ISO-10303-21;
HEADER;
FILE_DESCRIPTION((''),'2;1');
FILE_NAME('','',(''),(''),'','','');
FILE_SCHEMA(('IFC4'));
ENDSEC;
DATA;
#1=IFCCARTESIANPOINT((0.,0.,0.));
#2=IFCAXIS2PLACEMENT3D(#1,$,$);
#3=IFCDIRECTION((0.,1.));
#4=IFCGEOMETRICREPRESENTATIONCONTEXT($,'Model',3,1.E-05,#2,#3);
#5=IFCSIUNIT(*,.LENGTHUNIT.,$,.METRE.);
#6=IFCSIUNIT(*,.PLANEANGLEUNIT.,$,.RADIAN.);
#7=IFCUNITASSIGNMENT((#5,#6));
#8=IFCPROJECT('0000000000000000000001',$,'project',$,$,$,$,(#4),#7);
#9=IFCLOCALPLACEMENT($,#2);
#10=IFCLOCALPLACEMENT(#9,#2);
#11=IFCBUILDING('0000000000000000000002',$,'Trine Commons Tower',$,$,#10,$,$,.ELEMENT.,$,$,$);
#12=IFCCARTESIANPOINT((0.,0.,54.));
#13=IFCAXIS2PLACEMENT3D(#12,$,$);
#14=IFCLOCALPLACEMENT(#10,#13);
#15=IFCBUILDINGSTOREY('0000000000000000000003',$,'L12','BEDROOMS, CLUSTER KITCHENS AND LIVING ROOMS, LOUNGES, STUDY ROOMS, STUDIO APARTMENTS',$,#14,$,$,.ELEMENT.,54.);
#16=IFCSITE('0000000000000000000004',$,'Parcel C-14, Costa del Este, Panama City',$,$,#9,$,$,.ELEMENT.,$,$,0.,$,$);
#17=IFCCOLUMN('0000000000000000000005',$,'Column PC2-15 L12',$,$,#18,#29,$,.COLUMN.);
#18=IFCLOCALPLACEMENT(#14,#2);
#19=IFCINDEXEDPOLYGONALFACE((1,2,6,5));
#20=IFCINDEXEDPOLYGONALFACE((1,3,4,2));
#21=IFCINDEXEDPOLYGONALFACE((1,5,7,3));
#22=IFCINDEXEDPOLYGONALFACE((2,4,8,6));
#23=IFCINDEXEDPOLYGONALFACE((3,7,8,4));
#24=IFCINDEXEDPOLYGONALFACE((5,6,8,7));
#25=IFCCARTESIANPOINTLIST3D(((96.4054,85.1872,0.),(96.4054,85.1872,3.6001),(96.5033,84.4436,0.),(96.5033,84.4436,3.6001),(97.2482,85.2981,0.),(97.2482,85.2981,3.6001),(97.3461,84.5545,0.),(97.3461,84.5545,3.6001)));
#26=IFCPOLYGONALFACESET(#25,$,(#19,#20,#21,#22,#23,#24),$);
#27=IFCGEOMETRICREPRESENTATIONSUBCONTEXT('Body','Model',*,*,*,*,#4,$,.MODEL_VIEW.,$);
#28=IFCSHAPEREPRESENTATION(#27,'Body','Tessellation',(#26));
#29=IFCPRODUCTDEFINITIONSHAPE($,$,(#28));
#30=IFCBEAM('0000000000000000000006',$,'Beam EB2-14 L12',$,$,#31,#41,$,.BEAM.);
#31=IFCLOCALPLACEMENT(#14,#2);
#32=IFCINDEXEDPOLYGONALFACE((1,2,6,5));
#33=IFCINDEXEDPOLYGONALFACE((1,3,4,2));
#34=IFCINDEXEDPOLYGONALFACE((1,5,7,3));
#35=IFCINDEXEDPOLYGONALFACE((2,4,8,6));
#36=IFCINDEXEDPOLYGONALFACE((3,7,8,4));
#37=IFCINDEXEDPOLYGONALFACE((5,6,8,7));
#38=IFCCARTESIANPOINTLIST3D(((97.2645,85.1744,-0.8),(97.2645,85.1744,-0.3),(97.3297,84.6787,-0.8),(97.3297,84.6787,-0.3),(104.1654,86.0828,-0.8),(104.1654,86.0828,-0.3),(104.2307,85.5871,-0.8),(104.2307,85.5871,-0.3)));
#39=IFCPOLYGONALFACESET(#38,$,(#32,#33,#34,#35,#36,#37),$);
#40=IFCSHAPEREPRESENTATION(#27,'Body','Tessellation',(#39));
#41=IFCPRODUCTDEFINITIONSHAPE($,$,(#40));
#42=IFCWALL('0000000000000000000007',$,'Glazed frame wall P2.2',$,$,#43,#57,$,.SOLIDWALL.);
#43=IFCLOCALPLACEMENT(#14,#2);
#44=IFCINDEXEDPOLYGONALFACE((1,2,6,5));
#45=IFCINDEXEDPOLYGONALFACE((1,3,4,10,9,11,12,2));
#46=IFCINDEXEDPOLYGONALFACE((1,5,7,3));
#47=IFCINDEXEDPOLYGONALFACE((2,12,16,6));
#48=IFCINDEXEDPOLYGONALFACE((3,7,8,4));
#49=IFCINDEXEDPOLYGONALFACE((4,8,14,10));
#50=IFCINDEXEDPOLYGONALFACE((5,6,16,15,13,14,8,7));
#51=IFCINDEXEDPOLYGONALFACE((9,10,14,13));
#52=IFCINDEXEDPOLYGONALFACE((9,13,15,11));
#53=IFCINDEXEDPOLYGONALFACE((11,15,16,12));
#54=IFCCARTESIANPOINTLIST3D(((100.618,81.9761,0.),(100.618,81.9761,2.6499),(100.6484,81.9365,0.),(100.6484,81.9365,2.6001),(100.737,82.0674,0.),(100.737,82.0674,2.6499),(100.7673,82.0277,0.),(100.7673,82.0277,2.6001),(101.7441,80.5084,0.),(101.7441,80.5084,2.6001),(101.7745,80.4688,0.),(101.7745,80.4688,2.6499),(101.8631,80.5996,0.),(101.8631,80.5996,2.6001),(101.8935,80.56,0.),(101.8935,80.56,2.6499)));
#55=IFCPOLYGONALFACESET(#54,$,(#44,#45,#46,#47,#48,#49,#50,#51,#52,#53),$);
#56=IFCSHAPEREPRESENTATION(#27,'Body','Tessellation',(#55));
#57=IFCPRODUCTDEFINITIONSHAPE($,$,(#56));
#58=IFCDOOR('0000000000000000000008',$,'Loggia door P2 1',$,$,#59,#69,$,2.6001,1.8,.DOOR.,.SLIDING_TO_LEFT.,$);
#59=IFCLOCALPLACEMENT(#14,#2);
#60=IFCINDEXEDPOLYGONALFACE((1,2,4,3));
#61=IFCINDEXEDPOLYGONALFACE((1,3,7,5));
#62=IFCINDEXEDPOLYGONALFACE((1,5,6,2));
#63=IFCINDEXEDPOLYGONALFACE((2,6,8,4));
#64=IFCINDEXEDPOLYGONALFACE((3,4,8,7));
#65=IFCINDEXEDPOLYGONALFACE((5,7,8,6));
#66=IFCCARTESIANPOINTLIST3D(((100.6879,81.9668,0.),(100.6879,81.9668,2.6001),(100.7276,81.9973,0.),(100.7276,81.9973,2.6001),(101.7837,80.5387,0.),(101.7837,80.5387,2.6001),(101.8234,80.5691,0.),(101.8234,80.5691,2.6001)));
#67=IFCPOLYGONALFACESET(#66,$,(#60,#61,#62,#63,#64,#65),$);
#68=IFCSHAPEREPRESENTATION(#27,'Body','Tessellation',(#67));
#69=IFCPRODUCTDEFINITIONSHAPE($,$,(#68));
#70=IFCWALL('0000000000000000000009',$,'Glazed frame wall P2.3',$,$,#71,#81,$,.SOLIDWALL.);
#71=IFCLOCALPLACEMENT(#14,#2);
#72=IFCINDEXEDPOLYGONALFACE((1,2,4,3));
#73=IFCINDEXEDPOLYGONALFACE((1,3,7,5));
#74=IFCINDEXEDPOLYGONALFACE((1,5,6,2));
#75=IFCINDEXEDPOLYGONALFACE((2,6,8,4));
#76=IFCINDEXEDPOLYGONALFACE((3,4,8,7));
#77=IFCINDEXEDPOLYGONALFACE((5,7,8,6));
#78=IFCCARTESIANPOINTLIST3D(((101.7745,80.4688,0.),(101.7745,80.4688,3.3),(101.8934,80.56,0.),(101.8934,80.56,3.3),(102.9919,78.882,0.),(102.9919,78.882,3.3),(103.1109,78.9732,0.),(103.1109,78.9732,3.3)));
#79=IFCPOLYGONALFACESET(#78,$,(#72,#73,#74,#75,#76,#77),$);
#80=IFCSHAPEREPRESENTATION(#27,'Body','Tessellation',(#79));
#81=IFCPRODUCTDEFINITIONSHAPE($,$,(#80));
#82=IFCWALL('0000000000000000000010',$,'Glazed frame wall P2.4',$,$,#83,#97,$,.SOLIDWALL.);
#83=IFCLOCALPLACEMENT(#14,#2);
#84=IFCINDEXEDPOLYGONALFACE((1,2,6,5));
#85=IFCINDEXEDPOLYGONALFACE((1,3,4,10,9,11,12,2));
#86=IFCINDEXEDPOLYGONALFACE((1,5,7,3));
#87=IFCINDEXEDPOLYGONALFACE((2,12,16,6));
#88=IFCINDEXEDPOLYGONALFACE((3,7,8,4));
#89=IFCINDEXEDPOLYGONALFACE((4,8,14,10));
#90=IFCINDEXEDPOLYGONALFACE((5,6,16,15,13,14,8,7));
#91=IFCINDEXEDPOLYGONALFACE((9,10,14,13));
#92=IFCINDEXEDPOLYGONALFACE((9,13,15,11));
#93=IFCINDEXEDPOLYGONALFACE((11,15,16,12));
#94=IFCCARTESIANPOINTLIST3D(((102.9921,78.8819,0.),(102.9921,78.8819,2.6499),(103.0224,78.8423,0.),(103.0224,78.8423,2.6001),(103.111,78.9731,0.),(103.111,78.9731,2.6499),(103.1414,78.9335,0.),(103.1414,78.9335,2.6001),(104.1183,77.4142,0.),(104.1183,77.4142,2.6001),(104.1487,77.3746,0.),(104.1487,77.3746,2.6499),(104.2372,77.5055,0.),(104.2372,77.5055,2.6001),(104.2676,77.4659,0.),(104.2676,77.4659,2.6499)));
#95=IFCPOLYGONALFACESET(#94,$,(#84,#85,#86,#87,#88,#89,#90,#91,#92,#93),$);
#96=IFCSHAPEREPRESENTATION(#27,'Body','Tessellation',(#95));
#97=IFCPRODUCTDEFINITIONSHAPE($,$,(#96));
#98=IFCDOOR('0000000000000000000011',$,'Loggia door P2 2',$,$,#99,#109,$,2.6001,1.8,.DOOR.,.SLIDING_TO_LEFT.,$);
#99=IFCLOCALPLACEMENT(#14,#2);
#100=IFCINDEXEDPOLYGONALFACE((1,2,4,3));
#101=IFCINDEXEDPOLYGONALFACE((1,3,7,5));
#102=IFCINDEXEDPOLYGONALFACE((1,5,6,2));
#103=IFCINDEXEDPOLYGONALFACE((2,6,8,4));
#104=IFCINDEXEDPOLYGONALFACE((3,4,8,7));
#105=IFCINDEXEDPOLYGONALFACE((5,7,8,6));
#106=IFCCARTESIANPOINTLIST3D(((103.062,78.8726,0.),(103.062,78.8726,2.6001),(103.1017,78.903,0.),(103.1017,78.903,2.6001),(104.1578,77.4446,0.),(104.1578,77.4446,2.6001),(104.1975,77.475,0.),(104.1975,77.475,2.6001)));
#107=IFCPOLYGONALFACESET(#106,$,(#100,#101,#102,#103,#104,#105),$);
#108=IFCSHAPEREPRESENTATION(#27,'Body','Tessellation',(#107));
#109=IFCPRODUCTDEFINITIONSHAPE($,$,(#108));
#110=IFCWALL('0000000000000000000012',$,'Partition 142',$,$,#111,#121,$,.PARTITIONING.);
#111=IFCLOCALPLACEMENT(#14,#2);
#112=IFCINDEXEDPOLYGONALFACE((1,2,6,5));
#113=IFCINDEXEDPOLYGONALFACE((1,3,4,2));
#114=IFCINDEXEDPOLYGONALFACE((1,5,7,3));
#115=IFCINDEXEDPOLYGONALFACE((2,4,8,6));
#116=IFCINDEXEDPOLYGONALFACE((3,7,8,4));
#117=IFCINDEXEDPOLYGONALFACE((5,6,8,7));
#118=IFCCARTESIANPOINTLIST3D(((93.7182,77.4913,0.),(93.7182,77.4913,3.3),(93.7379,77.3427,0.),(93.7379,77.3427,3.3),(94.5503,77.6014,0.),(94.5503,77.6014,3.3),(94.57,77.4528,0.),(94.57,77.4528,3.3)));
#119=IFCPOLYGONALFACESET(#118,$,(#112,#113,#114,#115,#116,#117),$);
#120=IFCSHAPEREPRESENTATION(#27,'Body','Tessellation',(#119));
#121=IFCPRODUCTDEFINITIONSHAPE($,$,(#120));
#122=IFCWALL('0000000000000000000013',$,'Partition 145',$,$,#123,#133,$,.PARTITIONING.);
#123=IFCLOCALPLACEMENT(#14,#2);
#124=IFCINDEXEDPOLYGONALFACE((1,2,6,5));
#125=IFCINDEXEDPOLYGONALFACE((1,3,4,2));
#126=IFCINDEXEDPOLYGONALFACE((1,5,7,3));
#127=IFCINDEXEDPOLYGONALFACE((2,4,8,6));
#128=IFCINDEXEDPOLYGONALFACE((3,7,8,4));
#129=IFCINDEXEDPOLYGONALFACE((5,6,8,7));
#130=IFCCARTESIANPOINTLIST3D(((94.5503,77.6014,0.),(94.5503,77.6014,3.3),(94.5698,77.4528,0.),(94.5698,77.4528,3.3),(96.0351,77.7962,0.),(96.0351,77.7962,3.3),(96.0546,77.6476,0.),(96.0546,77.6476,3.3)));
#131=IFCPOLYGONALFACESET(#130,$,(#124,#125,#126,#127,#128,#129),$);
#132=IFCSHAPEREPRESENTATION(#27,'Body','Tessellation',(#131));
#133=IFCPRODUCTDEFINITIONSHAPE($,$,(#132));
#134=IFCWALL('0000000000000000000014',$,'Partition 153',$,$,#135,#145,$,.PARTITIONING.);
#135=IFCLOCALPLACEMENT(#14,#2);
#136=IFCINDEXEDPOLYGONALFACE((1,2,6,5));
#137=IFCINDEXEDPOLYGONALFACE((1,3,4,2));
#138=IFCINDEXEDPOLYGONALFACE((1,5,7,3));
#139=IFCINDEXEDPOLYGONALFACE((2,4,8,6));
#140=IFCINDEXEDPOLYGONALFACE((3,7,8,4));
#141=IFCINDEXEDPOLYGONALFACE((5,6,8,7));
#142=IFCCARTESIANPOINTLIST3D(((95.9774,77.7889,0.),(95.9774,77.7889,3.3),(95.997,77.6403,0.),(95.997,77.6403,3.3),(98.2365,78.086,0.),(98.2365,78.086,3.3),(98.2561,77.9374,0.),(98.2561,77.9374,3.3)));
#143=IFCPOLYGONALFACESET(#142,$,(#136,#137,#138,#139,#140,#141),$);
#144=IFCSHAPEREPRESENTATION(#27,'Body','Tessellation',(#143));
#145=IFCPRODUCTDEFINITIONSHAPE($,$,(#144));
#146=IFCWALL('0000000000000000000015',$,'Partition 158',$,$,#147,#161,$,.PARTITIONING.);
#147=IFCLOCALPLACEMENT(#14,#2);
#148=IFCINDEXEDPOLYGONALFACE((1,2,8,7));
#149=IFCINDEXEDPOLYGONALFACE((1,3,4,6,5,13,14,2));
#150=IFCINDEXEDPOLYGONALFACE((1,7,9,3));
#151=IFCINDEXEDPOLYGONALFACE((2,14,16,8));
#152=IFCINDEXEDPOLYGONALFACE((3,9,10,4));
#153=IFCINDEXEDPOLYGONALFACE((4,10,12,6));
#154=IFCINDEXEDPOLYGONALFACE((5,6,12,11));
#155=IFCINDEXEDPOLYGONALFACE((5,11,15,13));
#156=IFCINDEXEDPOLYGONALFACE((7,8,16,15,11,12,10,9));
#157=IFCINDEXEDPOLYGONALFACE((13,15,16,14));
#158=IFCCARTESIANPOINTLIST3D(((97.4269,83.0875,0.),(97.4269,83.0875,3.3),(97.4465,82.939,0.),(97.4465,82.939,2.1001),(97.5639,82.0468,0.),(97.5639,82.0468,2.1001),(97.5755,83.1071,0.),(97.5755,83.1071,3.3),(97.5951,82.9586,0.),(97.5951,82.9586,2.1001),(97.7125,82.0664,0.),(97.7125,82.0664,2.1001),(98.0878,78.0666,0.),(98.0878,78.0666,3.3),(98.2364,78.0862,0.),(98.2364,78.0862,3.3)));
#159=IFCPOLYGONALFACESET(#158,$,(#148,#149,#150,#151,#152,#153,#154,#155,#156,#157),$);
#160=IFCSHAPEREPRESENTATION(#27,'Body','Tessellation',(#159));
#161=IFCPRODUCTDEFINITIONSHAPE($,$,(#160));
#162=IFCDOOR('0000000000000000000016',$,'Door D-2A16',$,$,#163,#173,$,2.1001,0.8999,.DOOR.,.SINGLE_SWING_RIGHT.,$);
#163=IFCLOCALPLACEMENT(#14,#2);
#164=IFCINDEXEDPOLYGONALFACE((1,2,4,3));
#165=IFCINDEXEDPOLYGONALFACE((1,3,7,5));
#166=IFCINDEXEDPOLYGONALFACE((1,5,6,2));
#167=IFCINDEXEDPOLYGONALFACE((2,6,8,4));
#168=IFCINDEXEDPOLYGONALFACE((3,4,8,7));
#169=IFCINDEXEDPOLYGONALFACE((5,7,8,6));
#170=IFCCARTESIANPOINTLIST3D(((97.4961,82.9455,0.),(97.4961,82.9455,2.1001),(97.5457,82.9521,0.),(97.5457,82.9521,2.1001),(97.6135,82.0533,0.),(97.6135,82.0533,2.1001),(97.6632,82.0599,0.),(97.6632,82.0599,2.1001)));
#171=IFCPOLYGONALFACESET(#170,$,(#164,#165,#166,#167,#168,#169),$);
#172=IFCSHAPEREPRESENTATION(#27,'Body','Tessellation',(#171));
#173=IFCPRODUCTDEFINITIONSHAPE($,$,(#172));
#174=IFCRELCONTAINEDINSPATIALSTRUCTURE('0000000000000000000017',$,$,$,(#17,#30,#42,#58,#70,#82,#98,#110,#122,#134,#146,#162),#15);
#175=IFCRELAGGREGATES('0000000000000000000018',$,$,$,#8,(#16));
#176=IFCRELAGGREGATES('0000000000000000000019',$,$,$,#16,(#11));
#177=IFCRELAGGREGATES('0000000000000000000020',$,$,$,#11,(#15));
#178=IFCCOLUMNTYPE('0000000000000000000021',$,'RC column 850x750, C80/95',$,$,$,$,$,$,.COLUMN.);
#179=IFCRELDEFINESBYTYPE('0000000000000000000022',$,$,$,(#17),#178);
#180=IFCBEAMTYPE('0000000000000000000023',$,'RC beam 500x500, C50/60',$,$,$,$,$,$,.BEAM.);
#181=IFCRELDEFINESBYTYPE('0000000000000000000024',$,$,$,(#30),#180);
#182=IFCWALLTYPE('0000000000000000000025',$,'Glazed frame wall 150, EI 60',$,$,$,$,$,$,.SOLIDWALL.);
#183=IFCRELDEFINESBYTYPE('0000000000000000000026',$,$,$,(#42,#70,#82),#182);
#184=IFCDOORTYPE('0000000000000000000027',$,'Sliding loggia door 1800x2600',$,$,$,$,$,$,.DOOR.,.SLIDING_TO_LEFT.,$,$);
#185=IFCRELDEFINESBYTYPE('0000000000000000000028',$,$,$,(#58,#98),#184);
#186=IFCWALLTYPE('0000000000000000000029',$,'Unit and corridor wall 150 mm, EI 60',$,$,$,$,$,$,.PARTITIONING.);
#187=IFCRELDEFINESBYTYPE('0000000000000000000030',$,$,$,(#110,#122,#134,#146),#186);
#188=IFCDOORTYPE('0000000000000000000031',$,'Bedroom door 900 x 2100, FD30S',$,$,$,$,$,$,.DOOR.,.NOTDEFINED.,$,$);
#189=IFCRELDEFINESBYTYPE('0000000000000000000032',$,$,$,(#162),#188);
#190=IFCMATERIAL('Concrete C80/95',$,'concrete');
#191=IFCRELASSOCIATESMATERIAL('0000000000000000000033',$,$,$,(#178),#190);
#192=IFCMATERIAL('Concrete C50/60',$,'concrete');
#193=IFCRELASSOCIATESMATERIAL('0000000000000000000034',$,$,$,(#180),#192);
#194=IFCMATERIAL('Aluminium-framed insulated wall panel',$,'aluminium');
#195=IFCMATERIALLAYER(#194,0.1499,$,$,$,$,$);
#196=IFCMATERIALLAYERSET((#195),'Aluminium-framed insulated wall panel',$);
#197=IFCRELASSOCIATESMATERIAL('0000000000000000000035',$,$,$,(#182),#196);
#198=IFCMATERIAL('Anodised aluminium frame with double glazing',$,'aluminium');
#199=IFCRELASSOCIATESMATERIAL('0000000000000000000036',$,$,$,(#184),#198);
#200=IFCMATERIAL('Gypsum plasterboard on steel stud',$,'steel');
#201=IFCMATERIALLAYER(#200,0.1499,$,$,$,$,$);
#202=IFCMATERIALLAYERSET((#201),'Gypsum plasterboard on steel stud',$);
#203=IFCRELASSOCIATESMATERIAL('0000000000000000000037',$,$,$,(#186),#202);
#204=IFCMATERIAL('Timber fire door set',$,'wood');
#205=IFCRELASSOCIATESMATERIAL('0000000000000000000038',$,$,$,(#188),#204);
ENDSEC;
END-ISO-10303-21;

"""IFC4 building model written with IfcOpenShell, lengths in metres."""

from ifc_helpers import new_model, si_unit, direction, frame, frame_2d, origin, origin_2d, place, context, subcontext, project, spatial, polyline, rectangle, outline, extrude, material, layer, layer_set, material_profile, profile_set, type_object, element, fill, save


model = new_model("IFC4")

# Units and contexts
model_context = context("Model", 3, precision=1e-05, world=origin(), true_north=direction((0.0, 1.0)))
body_context = subcontext(model_context, "Body", "Model", "MODEL_VIEW")
ifc_project = project(units=[si_unit("LENGTHUNIT", "METRE"), si_unit("PLANEANGLEUNIT", "RADIAN")], contexts=[model_context])

# Site, building, storey
site_placement = place(None, origin())
site = spatial("IfcSite", under=ifc_project, at=site_placement, Name="Parcel C-14, Costa del Este, Panama City", CompositionType="ELEMENT", RefElevation=0.0)
building_placement = place(site_placement, origin())
building = spatial("IfcBuilding", under=site, at=building_placement, Name="Trine Commons Tower", CompositionType="ELEMENT")
storey_placement = place(building_placement, frame((0.0, 0.0, 54.0)))
storey = spatial("IfcBuildingStorey", under=building, at=storey_placement, Name="L12", Description="BEDROOMS, CLUSTER KITCHENS AND LIVING ROOMS, LOUNGES, STUDY ROOMS, STUDIO APARTMENTS", CompositionType="ELEMENT", Elevation=54.0)

# Column
ifc_material_1 = material(Name="Concrete C80/95", Category="concrete")
ifc_material_profile_1 = material_profile(ifc_material_1, rectangle(XDim=0.8501, YDim=0.75, at=origin_2d()), Name="RC 850x750")
ifc_profile_set_1 = profile_set([ifc_material_profile_1], Name="Concrete C80/95")
column_type = type_object("IfcColumnType", Name="RC column 850x750, C80/95", PredefinedType="COLUMN", material=ifc_profile_set_1)
column_placement = place(storey_placement, frame((96.8757, 84.8708, 0.0), z_axis=(0.0, 0.0, 1.0), x_axis=(0.991445, 0.130526, 0.0)))
element("IfcColumn", 1, at=column_placement, inside=storey, type_object=column_type, Name="Column PC2-15 L12", PredefinedType="COLUMN", context=body_context, shape_type="SweptSolid", body=[
    extrude(rectangle(XDim=0.8501, YDim=0.75, at=origin_2d()), origin(), (0.0, 0.0, 1.0), 3.6001),
])

# Beam
ifc_material_2 = material(Name="Concrete C50/60", Category="concrete")
ifc_material_profile_2 = material_profile(ifc_material_2, rectangle(XDim=0.5, YDim=0.5, at=origin_2d()), Name="RC 500x500")
ifc_profile_set_2 = profile_set([ifc_material_profile_2], Name="Concrete C50/60")
beam_type = type_object("IfcBeamType", Name="RC beam 500x500, C50/60", PredefinedType="BEAM", material=ifc_profile_set_2)
beam_placement = place(storey_placement, frame((97.2971, 84.9265, -0.55), z_axis=(0.991446, 0.130516, 0.0), x_axis=(-0.130516, 0.991446, 0.0)))
element("IfcBeam", 2, at=beam_placement, inside=storey, type_object=beam_type, Name="Beam EB2-14 L12", PredefinedType="BEAM", context=body_context, shape_type="SweptSolid", body=[
    extrude(rectangle(XDim=0.5, YDim=0.5, at=origin_2d()), origin(), (0.0, 0.0, 1.0), 6.9604),
])

# Shared definitions
ifc_material_3 = material(Name="Aluminium-framed insulated wall panel", Category="aluminium")
ifc_layer_1 = layer(ifc_material_3, 0.1499)
ifc_layer_set_1 = layer_set([ifc_layer_1], Name="Aluminium-framed insulated wall panel")
wall_type_1 = type_object("IfcWallType", Name="Glazed frame wall 150, EI 60", PredefinedType="SOLIDWALL", material=ifc_layer_set_1)

# Wall, opening, door
wall_1_placement = place(storey_placement, frame((100.6775, 82.0217, 0.0), z_axis=(0.0, 0.0, 1.0), x_axis=(0.608723, -0.793383, 0.0)))
wall_1 = element("IfcWall", 3, at=wall_1_placement, inside=storey, type_object=wall_type_1, Name="Glazed frame wall P2.2", PredefinedType="SOLIDWALL", context=body_context, shape_type="SweptSolid", body=[
    extrude(outline(polyline([(0.0, -0.075), (1.8999, -0.075), (1.8999, 0.075), (0.0, 0.075), (0.0, -0.075)])), origin(), (0.0, 0.0, 1.0), 2.6499),
])
opening_1_placement = place(wall_1_placement, frame((0.05, 0.0, 0.0)))
opening_1 = element("IfcOpeningElement", 4, at=opening_1_placement, cuts=wall_1, PredefinedType="OPENING", context=body_context, shape_type="SweptSolid", body=[
    extrude(rectangle(XDim=1.8, YDim=2.6001, at=frame_2d((0.8999, 1.3))), frame((0.0, 0.085, 0.0), z_axis=(0.0, -1.0, 0.0), x_axis=(1.0, 0.0, 0.0)), (0.0, 0.0, 1.0), 0.1699),
])
ifc_material_4 = material(Name="Anodised aluminium frame with double glazing", Category="aluminium")
door_type_1 = type_object("IfcDoorType", Name="Sliding loggia door 1800x2600", OperationType="SLIDING_TO_LEFT", PredefinedType="DOOR", material=ifc_material_4)
door_1_placement = place(opening_1_placement, origin())
door_1 = element("IfcDoor", 5, at=door_1_placement, inside=storey, type_object=door_type_1, Name="Loggia door P2 1", OperationType="SLIDING_TO_LEFT", OverallHeight=2.6001, OverallWidth=1.8, PredefinedType="DOOR", context=body_context, shape_type="SweptSolid", body=[
    extrude(rectangle(XDim=1.8, YDim=2.6001, at=frame_2d((0.8999, 1.3))), frame((0.0, 0.0249, 0.0), z_axis=(0.0, -1.0, 0.0), x_axis=(1.0, 0.0, 0.0)), (0.0, 0.0, 1.0), 0.05),
])
fill(opening_1, door_1)

# Wall
wall_2_placement = place(storey_placement, frame((101.834, 80.5144, 0.0), z_axis=(0.0, 0.0, 1.0), x_axis=(0.608713, -0.79339, 0.0)))
element("IfcWall", 6, at=wall_2_placement, inside=storey, type_object=wall_type_1, Name="Glazed frame wall P2.3", PredefinedType="SOLIDWALL", context=body_context, shape_type="SweptSolid", body=[
    extrude(outline(polyline([(0.0, -0.075), (2.0, -0.075), (2.0, 0.075), (0.0, 0.075), (0.0, -0.075)])), origin(), (0.0, 0.0, 1.0), 3.3),
])

# Wall, opening, door
wall_3_placement = place(storey_placement, frame((103.0515, 78.9275, 0.0), z_axis=(0.0, 0.0, 1.0), x_axis=(0.608804, -0.793321, 0.0)))
wall_3 = element("IfcWall", 7, at=wall_3_placement, inside=storey, type_object=wall_type_1, Name="Glazed frame wall P2.4", PredefinedType="SOLIDWALL", context=body_context, shape_type="SweptSolid", body=[
    extrude(outline(polyline([(0.0, -0.075), (1.8999, -0.075), (1.8999, 0.075), (0.0, 0.075), (0.0, -0.075)])), origin(), (0.0, 0.0, 1.0), 2.6499),
])
opening_2_placement = place(wall_3_placement, frame((0.05, 0.0, 0.0)))
opening_2 = element("IfcOpeningElement", 8, at=opening_2_placement, cuts=wall_3, PredefinedType="OPENING", context=body_context, shape_type="SweptSolid", body=[
    extrude(rectangle(XDim=1.8, YDim=2.6001, at=frame_2d((0.8999, 1.3))), frame((0.0, 0.085, 0.0), z_axis=(0.0, -1.0, 0.0), x_axis=(1.0, 0.0, 0.0)), (0.0, 0.0, 1.0), 0.1699),
])
door_2_placement = place(opening_2_placement, origin())
door_2 = element("IfcDoor", 9, at=door_2_placement, inside=storey, type_object=door_type_1, Name="Loggia door P2 2", OperationType="SLIDING_TO_LEFT", OverallHeight=2.6001, OverallWidth=1.8, PredefinedType="DOOR", context=body_context, shape_type="SweptSolid", body=[
    extrude(rectangle(XDim=1.8, YDim=2.6001, at=frame_2d((0.8999, 1.3))), frame((0.0, 0.0249, 0.0), z_axis=(0.0, -1.0, 0.0), x_axis=(1.0, 0.0, 0.0)), (0.0, 0.0, 1.0), 0.05),
])
fill(opening_2, door_2)

# Walls
ifc_material_5 = material(Name="Gypsum plasterboard on steel stud", Category="steel")
ifc_layer_2 = layer(ifc_material_5, 0.1499)
ifc_layer_set_2 = layer_set([ifc_layer_2], Name="Gypsum plasterboard on steel stud")
wall_type_2 = type_object("IfcWallType", Name="Unit and corridor wall 150 mm, EI 60", PredefinedType="PARTITIONING", material=ifc_layer_set_2)
wall_4_placement = place(storey_placement, frame((93.728, 77.417, 0.0), z_axis=(0.0, 0.0, 1.0), x_axis=(0.991357, 0.131192, 0.0)))
element("IfcWall", 10, at=wall_4_placement, inside=storey, type_object=wall_type_2, Name="Partition 142", PredefinedType="PARTITIONING", context=body_context, shape_type="SweptSolid", body=[
    extrude(rectangle(XDim=0.8394, YDim=0.1499, at=frame_2d((0.4197, 0.0))), origin(), (0.0, 0.0, 1.0), 3.3),
])
wall_5_placement = place(storey_placement, frame((94.5601, 77.5271, 0.0), z_axis=(0.0, 0.0, 1.0), x_axis=(0.991502, 0.130092, 0.0)))
element("IfcWall", 11, at=wall_5_placement, inside=storey, type_object=wall_type_2, Name="Partition 145", PredefinedType="PARTITIONING", context=body_context, shape_type="SweptSolid", body=[
    extrude(rectangle(XDim=1.4976, YDim=0.1499, at=frame_2d((0.7488, 0.0))), origin(), (0.0, 0.0, 1.0), 3.3),
])
wall_6_placement = place(storey_placement, frame((95.9873, 77.7146, 0.0), z_axis=(0.0, 0.0, 1.0), x_axis=(0.991461, 0.130402, 0.0)))
element("IfcWall", 12, at=wall_6_placement, inside=storey, type_object=wall_type_2, Name="Partition 153", PredefinedType="PARTITIONING", context=body_context, shape_type="SweptSolid", body=[
    extrude(rectangle(XDim=2.2786, YDim=0.1499, at=frame_2d((1.1392, 0.0))), origin(), (0.0, 0.0, 1.0), 3.3),
])

# Wall, opening, door
wall_7_placement = place(storey_placement, frame((97.5012, 83.0974, 0.0), z_axis=(0.0, 0.0, 1.0), x_axis=(0.130499, -0.991448, 0.0)))
wall_7 = element("IfcWall", 13, at=wall_7_placement, inside=storey, type_object=wall_type_2, Name="Partition 158", PredefinedType="PARTITIONING", context=body_context, shape_type="SweptSolid", body=[
    extrude(rectangle(XDim=5.0642, YDim=0.1499, at=frame_2d((2.5322, 0.0))), origin(), (0.0, 0.0, 1.0), 3.3),
])
opening_3_placement = place(wall_7_placement, frame((0.1499, 0.0, 0.0)))
opening_3 = element("IfcOpeningElement", 14, at=opening_3_placement, cuts=wall_7, PredefinedType="OPENING", context=body_context, shape_type="SweptSolid", body=[
    extrude(rectangle(XDim=0.8999, YDim=2.1001, at=frame_2d((0.45, 1.05))), frame((0.0, 0.085, 0.0), z_axis=(0.0, -1.0, 0.0), x_axis=(1.0, 0.0, 0.0)), (0.0, 0.0, 1.0), 0.1699),
])
ifc_material_6 = material(Name="Timber fire door set", Category="wood")
door_type_2 = type_object("IfcDoorType", Name="Bedroom door 900 x 2100, FD30S", OperationType="NOTDEFINED", PredefinedType="DOOR", material=ifc_material_6)
door_3_placement = place(opening_3_placement, frame((0.8999, 0.0, 0.0), z_axis=(0.0, 0.0, 1.0), x_axis=(-1.0, 0.0, 0.0)))
door_3 = element("IfcDoor", 15, at=door_3_placement, inside=storey, type_object=door_type_2, Name="Door D-2A16", OperationType="SINGLE_SWING_RIGHT", OverallHeight=2.1001, OverallWidth=0.8999, PredefinedType="DOOR", context=body_context, shape_type="SweptSolid", body=[
    extrude(rectangle(XDim=0.8999, YDim=2.1001, at=frame_2d((0.45, 1.05))), frame((0.0, 0.0249, 0.0), z_axis=(0.0, -1.0, 0.0), x_axis=(1.0, 0.0, 0.0)), (0.0, 0.0, 1.0), 0.05),
])
fill(opening_3, door_3)

save(model, "model.ifc")
